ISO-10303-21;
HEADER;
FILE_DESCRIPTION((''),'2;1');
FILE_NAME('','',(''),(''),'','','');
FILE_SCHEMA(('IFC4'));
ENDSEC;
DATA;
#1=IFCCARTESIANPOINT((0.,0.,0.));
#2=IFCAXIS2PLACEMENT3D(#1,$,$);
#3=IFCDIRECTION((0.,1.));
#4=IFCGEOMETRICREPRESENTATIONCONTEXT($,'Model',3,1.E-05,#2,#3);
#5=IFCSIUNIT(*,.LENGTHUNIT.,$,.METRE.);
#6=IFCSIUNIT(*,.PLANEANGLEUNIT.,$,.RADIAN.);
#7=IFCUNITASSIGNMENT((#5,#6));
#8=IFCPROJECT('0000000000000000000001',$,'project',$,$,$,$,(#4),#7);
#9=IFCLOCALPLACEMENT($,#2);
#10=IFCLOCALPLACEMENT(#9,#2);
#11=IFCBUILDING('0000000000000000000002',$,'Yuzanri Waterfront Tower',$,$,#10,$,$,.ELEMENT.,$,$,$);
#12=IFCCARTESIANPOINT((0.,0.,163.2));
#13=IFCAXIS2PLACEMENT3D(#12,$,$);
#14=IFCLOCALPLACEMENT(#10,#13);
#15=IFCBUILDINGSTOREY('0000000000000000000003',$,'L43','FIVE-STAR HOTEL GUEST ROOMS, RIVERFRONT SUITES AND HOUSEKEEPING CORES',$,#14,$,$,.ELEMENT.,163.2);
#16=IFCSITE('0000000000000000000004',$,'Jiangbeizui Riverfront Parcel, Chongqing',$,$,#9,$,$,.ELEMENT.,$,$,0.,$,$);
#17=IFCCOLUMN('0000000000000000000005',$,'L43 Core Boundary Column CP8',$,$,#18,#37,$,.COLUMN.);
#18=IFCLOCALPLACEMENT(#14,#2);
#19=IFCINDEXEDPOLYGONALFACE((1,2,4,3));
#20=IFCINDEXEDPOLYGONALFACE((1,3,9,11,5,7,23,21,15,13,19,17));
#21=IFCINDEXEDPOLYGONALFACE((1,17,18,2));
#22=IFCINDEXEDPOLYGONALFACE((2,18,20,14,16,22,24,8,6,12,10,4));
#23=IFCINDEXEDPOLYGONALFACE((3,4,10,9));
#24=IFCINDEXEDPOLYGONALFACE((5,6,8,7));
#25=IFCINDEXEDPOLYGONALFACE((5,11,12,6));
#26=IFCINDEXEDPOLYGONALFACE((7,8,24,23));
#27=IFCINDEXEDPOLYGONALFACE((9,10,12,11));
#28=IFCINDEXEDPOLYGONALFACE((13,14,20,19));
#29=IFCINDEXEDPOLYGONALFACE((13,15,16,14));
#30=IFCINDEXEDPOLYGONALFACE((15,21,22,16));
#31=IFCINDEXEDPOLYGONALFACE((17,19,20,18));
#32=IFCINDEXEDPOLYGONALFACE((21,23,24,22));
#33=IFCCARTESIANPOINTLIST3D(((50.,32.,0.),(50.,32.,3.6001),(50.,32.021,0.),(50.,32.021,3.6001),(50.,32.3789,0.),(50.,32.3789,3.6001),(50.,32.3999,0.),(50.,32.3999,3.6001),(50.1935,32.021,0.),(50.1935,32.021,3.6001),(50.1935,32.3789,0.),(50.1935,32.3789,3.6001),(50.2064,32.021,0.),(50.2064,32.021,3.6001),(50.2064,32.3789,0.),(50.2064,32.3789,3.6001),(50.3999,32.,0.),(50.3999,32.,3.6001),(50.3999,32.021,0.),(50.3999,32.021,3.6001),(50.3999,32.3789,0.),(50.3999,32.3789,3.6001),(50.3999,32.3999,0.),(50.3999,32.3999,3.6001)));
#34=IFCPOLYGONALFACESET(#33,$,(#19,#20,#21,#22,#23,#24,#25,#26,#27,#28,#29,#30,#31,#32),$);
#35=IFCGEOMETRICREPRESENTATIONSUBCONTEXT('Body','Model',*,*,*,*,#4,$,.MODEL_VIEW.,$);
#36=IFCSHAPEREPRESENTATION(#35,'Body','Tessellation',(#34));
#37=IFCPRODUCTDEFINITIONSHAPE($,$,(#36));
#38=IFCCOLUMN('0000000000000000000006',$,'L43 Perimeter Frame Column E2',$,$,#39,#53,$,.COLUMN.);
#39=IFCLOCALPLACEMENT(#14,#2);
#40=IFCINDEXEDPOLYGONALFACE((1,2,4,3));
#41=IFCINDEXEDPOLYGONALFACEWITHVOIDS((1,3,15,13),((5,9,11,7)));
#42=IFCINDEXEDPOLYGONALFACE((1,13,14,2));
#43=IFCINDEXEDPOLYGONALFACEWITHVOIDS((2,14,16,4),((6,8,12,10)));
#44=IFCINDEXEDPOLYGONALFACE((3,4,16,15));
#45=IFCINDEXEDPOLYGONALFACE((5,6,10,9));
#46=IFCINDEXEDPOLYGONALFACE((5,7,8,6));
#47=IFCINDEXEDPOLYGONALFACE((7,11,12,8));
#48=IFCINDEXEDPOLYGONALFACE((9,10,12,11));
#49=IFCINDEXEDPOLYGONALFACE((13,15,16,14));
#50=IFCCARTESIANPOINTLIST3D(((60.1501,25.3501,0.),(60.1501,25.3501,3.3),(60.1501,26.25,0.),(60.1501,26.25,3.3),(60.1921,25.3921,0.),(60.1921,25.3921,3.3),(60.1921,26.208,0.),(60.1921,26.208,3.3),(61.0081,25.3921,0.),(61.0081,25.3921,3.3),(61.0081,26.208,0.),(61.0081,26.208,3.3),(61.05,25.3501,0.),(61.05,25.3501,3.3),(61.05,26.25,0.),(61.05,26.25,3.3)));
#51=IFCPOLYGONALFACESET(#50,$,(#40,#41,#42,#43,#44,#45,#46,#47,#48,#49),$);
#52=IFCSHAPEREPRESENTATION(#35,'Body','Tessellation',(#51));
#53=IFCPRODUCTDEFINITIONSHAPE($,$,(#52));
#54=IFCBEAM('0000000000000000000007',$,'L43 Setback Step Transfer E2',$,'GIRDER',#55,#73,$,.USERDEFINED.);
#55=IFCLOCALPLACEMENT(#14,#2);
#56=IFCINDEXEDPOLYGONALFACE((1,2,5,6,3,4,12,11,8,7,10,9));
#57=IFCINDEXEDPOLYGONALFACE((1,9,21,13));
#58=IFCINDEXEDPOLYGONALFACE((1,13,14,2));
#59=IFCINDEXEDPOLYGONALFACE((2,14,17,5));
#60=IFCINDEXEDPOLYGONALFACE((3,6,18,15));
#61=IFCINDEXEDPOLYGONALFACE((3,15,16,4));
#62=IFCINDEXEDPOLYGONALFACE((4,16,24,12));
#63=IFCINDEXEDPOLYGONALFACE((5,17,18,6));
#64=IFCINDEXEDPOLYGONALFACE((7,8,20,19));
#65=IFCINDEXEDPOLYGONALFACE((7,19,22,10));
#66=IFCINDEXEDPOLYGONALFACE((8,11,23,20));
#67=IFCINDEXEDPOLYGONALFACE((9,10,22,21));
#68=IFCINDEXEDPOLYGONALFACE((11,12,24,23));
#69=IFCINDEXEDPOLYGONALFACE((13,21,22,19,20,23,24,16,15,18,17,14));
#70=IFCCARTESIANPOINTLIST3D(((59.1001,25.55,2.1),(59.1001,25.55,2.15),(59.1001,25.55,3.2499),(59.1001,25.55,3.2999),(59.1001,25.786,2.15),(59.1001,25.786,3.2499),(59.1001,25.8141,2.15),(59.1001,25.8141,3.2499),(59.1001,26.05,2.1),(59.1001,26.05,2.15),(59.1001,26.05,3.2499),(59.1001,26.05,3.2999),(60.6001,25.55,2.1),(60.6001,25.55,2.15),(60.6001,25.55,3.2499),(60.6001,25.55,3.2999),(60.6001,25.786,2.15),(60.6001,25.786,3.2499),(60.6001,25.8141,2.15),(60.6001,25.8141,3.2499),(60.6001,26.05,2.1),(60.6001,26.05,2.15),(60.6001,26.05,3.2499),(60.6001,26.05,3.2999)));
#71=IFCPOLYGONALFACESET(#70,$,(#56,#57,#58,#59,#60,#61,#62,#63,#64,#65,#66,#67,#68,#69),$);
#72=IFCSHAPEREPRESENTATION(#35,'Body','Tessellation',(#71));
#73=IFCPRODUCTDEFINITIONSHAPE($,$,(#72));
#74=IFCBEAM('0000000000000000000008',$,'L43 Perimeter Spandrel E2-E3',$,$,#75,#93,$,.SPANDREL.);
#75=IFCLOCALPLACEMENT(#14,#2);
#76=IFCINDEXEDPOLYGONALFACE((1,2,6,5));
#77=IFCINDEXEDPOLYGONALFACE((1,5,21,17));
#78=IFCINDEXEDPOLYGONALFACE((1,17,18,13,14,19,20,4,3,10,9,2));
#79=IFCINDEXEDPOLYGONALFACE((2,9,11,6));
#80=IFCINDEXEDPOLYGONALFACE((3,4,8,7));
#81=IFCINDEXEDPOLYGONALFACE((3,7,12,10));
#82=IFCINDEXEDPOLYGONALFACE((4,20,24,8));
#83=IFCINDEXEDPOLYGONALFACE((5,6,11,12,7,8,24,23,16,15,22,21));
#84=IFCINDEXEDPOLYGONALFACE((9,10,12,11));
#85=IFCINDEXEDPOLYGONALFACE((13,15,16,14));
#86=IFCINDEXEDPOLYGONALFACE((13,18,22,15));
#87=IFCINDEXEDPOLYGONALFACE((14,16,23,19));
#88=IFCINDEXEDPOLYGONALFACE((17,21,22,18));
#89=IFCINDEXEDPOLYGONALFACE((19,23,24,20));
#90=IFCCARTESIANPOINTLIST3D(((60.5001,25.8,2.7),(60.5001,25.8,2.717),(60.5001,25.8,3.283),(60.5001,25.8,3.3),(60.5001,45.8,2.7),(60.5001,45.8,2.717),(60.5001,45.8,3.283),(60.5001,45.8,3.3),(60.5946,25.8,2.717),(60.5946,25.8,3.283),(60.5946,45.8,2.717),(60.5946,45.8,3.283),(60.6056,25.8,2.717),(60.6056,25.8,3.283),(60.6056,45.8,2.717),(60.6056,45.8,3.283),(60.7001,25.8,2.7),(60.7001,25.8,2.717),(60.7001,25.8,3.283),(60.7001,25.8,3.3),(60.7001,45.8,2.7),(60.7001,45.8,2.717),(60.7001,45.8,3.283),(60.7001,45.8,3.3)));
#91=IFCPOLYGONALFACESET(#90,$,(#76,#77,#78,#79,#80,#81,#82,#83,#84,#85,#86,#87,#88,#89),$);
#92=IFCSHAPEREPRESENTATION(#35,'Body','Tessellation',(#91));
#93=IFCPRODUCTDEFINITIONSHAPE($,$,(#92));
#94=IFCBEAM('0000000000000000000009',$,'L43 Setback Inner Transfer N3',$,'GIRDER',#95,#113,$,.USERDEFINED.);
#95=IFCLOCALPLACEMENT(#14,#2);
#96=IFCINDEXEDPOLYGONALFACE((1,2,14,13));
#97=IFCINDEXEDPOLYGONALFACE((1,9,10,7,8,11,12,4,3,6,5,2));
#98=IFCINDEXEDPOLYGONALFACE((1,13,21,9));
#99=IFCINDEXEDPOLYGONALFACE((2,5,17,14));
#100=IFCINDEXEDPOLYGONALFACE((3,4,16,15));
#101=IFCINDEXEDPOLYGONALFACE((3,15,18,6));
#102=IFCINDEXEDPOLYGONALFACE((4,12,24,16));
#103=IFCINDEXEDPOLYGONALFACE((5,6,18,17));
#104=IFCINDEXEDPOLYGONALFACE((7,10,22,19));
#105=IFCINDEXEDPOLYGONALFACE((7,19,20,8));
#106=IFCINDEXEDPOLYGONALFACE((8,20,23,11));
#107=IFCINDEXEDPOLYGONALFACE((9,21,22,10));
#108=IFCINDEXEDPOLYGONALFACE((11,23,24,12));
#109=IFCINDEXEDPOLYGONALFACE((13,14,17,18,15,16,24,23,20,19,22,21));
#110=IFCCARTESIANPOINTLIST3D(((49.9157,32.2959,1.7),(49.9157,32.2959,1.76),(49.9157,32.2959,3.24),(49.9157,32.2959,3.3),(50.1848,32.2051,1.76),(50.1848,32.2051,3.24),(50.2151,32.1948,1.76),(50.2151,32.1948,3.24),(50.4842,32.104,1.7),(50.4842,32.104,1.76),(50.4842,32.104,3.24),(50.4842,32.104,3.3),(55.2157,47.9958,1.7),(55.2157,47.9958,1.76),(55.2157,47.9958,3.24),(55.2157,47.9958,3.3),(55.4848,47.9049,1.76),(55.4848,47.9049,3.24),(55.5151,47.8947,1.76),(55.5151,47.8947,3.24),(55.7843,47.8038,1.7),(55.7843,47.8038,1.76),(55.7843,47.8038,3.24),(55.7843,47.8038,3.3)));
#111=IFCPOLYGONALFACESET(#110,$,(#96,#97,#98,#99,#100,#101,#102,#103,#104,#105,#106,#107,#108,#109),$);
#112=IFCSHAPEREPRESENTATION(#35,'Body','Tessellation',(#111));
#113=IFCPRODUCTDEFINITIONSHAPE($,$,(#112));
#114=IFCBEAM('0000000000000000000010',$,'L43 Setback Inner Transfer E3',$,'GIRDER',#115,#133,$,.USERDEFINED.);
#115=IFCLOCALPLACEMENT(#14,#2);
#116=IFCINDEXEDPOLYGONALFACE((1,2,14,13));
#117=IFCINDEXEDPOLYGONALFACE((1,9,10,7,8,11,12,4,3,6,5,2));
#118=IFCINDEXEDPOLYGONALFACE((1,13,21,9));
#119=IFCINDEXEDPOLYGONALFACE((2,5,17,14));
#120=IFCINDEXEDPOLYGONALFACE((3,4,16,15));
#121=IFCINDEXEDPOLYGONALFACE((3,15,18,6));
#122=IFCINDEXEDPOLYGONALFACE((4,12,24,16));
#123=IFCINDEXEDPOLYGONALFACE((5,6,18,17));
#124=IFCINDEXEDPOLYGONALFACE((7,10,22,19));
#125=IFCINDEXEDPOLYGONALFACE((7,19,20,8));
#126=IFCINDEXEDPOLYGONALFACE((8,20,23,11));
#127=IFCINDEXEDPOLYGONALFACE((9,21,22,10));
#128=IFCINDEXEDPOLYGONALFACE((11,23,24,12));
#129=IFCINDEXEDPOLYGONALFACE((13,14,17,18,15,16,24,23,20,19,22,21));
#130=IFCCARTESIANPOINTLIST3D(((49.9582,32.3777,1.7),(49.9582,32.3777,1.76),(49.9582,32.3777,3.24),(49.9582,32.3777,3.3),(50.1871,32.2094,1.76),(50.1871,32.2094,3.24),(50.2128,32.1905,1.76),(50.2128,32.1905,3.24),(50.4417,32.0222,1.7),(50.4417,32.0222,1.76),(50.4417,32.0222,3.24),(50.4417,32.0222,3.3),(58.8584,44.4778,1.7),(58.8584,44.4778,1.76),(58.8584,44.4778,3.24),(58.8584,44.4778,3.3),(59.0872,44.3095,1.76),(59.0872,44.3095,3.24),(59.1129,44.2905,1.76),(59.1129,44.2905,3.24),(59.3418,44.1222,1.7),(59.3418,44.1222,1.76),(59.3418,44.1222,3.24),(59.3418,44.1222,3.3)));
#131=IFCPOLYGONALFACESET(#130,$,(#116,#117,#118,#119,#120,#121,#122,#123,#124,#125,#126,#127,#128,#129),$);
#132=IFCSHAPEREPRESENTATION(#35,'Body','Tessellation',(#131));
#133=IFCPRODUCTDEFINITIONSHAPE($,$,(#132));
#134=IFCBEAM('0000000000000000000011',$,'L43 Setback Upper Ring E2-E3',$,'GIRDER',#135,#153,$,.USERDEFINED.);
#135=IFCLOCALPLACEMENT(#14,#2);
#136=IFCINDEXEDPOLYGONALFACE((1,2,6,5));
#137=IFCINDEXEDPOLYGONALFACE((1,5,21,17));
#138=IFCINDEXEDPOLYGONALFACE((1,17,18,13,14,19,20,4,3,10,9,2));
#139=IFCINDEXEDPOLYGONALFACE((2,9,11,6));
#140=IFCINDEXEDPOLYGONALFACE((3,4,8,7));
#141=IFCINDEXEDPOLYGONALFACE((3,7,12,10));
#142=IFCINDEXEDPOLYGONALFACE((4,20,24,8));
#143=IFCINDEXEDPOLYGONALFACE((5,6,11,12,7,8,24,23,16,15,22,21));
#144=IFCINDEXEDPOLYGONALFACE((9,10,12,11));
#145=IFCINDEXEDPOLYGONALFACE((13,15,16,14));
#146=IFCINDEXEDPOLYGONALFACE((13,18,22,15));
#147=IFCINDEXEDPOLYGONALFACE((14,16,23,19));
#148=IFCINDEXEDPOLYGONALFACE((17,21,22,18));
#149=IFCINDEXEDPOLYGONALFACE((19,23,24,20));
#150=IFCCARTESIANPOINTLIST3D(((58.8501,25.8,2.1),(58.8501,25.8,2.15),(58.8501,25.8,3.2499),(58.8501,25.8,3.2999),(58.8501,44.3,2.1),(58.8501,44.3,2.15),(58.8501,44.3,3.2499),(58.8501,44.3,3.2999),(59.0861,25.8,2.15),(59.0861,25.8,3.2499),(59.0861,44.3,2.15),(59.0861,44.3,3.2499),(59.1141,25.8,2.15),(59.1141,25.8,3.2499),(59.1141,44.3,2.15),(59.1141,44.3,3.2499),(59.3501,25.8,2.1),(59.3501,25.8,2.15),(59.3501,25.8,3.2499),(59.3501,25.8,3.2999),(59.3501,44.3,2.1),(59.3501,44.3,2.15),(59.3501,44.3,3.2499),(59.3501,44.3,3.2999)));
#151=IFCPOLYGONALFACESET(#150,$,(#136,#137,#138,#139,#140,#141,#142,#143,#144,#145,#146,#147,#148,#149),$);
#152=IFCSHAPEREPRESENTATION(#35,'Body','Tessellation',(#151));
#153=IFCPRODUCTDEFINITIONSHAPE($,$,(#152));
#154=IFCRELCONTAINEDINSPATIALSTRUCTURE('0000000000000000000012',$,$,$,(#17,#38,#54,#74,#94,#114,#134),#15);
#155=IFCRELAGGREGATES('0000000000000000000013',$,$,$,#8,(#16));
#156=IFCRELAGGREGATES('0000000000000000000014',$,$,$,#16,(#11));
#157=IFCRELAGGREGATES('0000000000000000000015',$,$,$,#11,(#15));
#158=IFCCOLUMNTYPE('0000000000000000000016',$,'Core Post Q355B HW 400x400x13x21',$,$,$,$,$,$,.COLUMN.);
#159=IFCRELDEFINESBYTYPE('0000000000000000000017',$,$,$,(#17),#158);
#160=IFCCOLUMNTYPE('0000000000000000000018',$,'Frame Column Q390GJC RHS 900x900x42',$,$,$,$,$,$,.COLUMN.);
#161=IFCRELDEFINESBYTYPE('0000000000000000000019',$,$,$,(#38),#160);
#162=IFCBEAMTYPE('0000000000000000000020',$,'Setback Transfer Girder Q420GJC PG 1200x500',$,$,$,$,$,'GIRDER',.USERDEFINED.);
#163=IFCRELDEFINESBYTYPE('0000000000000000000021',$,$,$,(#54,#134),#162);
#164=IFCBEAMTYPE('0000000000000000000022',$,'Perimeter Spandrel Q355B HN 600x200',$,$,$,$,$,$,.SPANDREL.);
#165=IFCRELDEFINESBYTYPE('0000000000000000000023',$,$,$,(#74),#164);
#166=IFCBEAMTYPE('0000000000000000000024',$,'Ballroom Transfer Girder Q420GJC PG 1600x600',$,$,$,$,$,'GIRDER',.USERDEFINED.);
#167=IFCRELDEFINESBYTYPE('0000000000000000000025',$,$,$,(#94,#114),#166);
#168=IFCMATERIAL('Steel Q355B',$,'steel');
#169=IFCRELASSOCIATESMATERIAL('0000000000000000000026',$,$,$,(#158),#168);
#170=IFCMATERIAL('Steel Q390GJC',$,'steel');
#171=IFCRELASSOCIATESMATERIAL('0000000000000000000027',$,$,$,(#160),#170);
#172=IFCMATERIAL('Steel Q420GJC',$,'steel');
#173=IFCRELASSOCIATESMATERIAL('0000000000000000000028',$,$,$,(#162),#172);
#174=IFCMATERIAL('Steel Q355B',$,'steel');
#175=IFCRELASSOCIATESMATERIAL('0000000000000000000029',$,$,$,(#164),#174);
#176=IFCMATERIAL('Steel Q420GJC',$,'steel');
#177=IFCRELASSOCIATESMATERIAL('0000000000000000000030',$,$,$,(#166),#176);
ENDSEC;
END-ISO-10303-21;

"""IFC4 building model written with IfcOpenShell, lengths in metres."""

from ifc_helpers import new_model, si_unit, direction, frame, origin, origin_2d, place, context, subcontext, project, spatial, hollow_rectangle, i_section, extrude, source, transform, mapped, material, material_profile, profile_set, type_object, element, save


model = new_model("IFC4")

# Units and contexts
model_context = context("Model", 3, precision=1e-05, world=origin(), true_north=direction((0.0, 1.0)))
body_context = subcontext(model_context, "Body", "Model", "MODEL_VIEW")
ifc_project = project(units=[si_unit("LENGTHUNIT", "METRE"), si_unit("PLANEANGLEUNIT", "RADIAN")], contexts=[model_context])

# Site, building, storey
site_placement = place(None, origin())
site = spatial("IfcSite", under=ifc_project, at=site_placement, Name="Jiangbeizui Riverfront Parcel, Chongqing", CompositionType="ELEMENT", RefElevation=0.0)
building_placement = place(site_placement, origin())
building = spatial("IfcBuilding", under=site, at=building_placement, Name="Yuzanri Waterfront Tower", CompositionType="ELEMENT")
storey_placement = place(building_placement, frame((0.0, 0.0, 163.2)))
storey = spatial("IfcBuildingStorey", under=building, at=storey_placement, Name="L43", Description="FIVE-STAR HOTEL GUEST ROOMS, RIVERFRONT SUITES AND HOUSEKEEPING CORES", CompositionType="ELEMENT", Elevation=163.2)

# Columns
ifc_material_1 = material(Name="Steel Q355B", Category="steel")
ifc_material_profile_1 = material_profile(ifc_material_1, i_section(OverallWidth=0.3999, OverallDepth=0.3999, WebThickness=0.0129, FlangeThickness=0.021, at=origin_2d()), Name="HW 400x400x13x21")
ifc_profile_set_1 = profile_set([ifc_material_profile_1], Name="Steel Q355B")
column_type_1 = type_object("IfcColumnType", Name="Core Post Q355B HW 400x400x13x21", PredefinedType="COLUMN", material=ifc_profile_set_1)
shared_shape_1 = source(origin(), body_context, "Body", "SweptSolid", [
    extrude(i_section(OverallWidth=0.3999, OverallDepth=0.3999, WebThickness=0.0129, FlangeThickness=0.021, at=origin_2d()), origin(), (0.0, 0.0, 1.0), 3.6001),
])
column_1_placement = place(storey_placement, frame((50.2, 32.2, 0.0), z_axis=(0.0, 0.0, 1.0), x_axis=(1.0, 0.0, 0.0)))
element("IfcColumn", 1, at=column_1_placement, inside=storey, type_object=column_type_1, Name="L43 Core Boundary Column CP8", PredefinedType="COLUMN", context=body_context, shape_type="MappedRepresentation", body=[
    mapped(shared_shape_1, transform((0.0, 0.0, 0.0), scale=1.0)),
])
ifc_material_2 = material(Name="Steel Q390GJC", Category="steel")
ifc_material_profile_2 = material_profile(ifc_material_2, hollow_rectangle(XDim=0.8999, YDim=0.8999, WallThickness=0.042, at=origin_2d()), Name="RHS 900x900x42")
ifc_profile_set_2 = profile_set([ifc_material_profile_2], Name="Steel Q390GJC")
column_type_2 = type_object("IfcColumnType", Name="Frame Column Q390GJC RHS 900x900x42", PredefinedType="COLUMN", material=ifc_profile_set_2)
shared_shape_2 = source(origin(), body_context, "Body", "SweptSolid", [
    extrude(hollow_rectangle(XDim=0.8999, YDim=0.8999, WallThickness=0.042, at=origin_2d()), origin(), (0.0, 0.0, 1.0), 3.3),
])
column_2_placement = place(storey_placement, frame((60.6001, 25.8, 0.0), z_axis=(0.0, 0.0, 1.0), x_axis=(1.0, 0.0, 0.0)))
element("IfcColumn", 2, at=column_2_placement, inside=storey, type_object=column_type_2, Name="L43 Perimeter Frame Column E2", PredefinedType="COLUMN", context=body_context, shape_type="MappedRepresentation", body=[
    mapped(shared_shape_2, transform((0.0, 0.0, 0.0), scale=1.0)),
])

# Beams
ifc_material_3 = material(Name="Steel Q420GJC", Category="steel")
ifc_material_profile_3 = material_profile(ifc_material_3, i_section(OverallWidth=0.5, OverallDepth=1.2, WebThickness=0.0281, FlangeThickness=0.05, at=origin_2d()), Name="PG 1200x500x28x50")
ifc_profile_set_3 = profile_set([ifc_material_profile_3], Name="Steel Q420GJC")
beam_type_1 = type_object("IfcBeamType", Name="Setback Transfer Girder Q420GJC PG 1200x500", ElementType="GIRDER", PredefinedType="USERDEFINED", material=ifc_profile_set_3)
shared_shape_3 = source(origin(), body_context, "Body", "SweptSolid", [
    extrude(i_section(OverallWidth=0.5, OverallDepth=1.2, WebThickness=0.0281, FlangeThickness=0.05, at=origin_2d()), origin(), (0.0, 0.0, 1.0), 1.5),
])
beam_1_placement = place(storey_placement, frame((59.1001, 25.8, 2.7), z_axis=(1.0, 0.0, 0.0), x_axis=(0.0, 1.0, 0.0)))
element("IfcBeam", 3, at=beam_1_placement, inside=storey, type_object=beam_type_1, Name="L43 Setback Step Transfer E2", ObjectType="GIRDER", PredefinedType="USERDEFINED", context=body_context, shape_type="MappedRepresentation", body=[
    mapped(shared_shape_3, transform((0.0, 0.0, 0.0), scale=1.0)),
])
ifc_material_4 = material(Name="Steel Q355B", Category="steel")
ifc_material_profile_4 = material_profile(ifc_material_4, i_section(OverallWidth=0.2, OverallDepth=0.6001, WebThickness=0.011, FlangeThickness=0.0171, at=origin_2d()), Name="HN 600x200x11x17")
ifc_profile_set_4 = profile_set([ifc_material_profile_4], Name="Steel Q355B")
beam_type_2 = type_object("IfcBeamType", Name="Perimeter Spandrel Q355B HN 600x200", PredefinedType="SPANDREL", material=ifc_profile_set_4)
shared_shape_4 = source(origin(), body_context, "Body", "SweptSolid", [
    extrude(i_section(OverallWidth=0.2, OverallDepth=0.6001, WebThickness=0.011, FlangeThickness=0.0171, at=origin_2d()), origin(), (0.0, 0.0, 1.0), 20.0),
])
beam_2_placement = place(storey_placement, frame((60.6001, 25.8, 3.0), z_axis=(0.0, 1.0, 0.0), x_axis=(-1.0, 0.0, 0.0)))
element("IfcBeam", 4, at=beam_2_placement, inside=storey, type_object=beam_type_2, Name="L43 Perimeter Spandrel E2-E3", PredefinedType="SPANDREL", context=body_context, shape_type="MappedRepresentation", body=[
    mapped(shared_shape_4, transform((0.0, 0.0, 0.0), scale=1.0)),
])
ifc_material_5 = material(Name="Steel Q420GJC", Category="steel")
ifc_material_profile_5 = material_profile(ifc_material_5, i_section(OverallWidth=0.6001, OverallDepth=1.6001, WebThickness=0.032, FlangeThickness=0.0601, at=origin_2d()), Name="PG 1600x600x32x60")
ifc_profile_set_5 = profile_set([ifc_material_profile_5], Name="Steel Q420GJC")
beam_type_3 = type_object("IfcBeamType", Name="Ballroom Transfer Girder Q420GJC PG 1600x600", ElementType="GIRDER", PredefinedType="USERDEFINED", material=ifc_profile_set_5)
shared_shape_5 = source(origin(), body_context, "Body", "SweptSolid", [
    extrude(i_section(OverallWidth=0.6001, OverallDepth=1.6001, WebThickness=0.032, FlangeThickness=0.0601, at=origin_2d()), origin(), (0.0, 0.0, 1.0), 16.5703),
])
beam_3_placement = place(storey_placement, frame((50.2, 32.2, 2.5), z_axis=(0.31985, 0.947468, 0.0), x_axis=(-0.947468, 0.31985, 0.0)))
element("IfcBeam", 5, at=beam_3_placement, inside=storey, type_object=beam_type_3, Name="L43 Setback Inner Transfer N3", ObjectType="GIRDER", PredefinedType="USERDEFINED", context=body_context, shape_type="MappedRepresentation", body=[
    mapped(shared_shape_5, transform((0.0, 0.0, 0.0), scale=1.0)),
])
shared_shape_6 = source(origin(), body_context, "Body", "SweptSolid", [
    extrude(i_section(OverallWidth=0.6001, OverallDepth=1.6001, WebThickness=0.032, FlangeThickness=0.0601, at=origin_2d()), origin(), (0.0, 0.0, 1.0), 15.0208),
])
beam_4_placement = place(storey_placement, frame((50.2, 32.2, 2.5), z_axis=(0.592521, 0.805555, 0.0), x_axis=(-0.805555, 0.592521, 0.0)))
element("IfcBeam", 6, at=beam_4_placement, inside=storey, type_object=beam_type_3, Name="L43 Setback Inner Transfer E3", ObjectType="GIRDER", PredefinedType="USERDEFINED", context=body_context, shape_type="MappedRepresentation", body=[
    mapped(shared_shape_6, transform((0.0, 0.0, 0.0), scale=1.0)),
])
shared_shape_7 = source(origin(), body_context, "Body", "SweptSolid", [
    extrude(i_section(OverallWidth=0.5, OverallDepth=1.2, WebThickness=0.0281, FlangeThickness=0.05, at=origin_2d()), origin(), (0.0, 0.0, 1.0), 18.5),
])
beam_5_placement = place(storey_placement, frame((59.1001, 25.8, 2.7), z_axis=(0.0, 1.0, 0.0), x_axis=(-1.0, 0.0, 0.0)))
element("IfcBeam", 7, at=beam_5_placement, inside=storey, type_object=beam_type_1, Name="L43 Setback Upper Ring E2-E3", ObjectType="GIRDER", PredefinedType="USERDEFINED", context=body_context, shape_type="MappedRepresentation", body=[
    mapped(shared_shape_7, transform((0.0, 0.0, 0.0), scale=1.0)),
])

save(model, "model.ifc")
